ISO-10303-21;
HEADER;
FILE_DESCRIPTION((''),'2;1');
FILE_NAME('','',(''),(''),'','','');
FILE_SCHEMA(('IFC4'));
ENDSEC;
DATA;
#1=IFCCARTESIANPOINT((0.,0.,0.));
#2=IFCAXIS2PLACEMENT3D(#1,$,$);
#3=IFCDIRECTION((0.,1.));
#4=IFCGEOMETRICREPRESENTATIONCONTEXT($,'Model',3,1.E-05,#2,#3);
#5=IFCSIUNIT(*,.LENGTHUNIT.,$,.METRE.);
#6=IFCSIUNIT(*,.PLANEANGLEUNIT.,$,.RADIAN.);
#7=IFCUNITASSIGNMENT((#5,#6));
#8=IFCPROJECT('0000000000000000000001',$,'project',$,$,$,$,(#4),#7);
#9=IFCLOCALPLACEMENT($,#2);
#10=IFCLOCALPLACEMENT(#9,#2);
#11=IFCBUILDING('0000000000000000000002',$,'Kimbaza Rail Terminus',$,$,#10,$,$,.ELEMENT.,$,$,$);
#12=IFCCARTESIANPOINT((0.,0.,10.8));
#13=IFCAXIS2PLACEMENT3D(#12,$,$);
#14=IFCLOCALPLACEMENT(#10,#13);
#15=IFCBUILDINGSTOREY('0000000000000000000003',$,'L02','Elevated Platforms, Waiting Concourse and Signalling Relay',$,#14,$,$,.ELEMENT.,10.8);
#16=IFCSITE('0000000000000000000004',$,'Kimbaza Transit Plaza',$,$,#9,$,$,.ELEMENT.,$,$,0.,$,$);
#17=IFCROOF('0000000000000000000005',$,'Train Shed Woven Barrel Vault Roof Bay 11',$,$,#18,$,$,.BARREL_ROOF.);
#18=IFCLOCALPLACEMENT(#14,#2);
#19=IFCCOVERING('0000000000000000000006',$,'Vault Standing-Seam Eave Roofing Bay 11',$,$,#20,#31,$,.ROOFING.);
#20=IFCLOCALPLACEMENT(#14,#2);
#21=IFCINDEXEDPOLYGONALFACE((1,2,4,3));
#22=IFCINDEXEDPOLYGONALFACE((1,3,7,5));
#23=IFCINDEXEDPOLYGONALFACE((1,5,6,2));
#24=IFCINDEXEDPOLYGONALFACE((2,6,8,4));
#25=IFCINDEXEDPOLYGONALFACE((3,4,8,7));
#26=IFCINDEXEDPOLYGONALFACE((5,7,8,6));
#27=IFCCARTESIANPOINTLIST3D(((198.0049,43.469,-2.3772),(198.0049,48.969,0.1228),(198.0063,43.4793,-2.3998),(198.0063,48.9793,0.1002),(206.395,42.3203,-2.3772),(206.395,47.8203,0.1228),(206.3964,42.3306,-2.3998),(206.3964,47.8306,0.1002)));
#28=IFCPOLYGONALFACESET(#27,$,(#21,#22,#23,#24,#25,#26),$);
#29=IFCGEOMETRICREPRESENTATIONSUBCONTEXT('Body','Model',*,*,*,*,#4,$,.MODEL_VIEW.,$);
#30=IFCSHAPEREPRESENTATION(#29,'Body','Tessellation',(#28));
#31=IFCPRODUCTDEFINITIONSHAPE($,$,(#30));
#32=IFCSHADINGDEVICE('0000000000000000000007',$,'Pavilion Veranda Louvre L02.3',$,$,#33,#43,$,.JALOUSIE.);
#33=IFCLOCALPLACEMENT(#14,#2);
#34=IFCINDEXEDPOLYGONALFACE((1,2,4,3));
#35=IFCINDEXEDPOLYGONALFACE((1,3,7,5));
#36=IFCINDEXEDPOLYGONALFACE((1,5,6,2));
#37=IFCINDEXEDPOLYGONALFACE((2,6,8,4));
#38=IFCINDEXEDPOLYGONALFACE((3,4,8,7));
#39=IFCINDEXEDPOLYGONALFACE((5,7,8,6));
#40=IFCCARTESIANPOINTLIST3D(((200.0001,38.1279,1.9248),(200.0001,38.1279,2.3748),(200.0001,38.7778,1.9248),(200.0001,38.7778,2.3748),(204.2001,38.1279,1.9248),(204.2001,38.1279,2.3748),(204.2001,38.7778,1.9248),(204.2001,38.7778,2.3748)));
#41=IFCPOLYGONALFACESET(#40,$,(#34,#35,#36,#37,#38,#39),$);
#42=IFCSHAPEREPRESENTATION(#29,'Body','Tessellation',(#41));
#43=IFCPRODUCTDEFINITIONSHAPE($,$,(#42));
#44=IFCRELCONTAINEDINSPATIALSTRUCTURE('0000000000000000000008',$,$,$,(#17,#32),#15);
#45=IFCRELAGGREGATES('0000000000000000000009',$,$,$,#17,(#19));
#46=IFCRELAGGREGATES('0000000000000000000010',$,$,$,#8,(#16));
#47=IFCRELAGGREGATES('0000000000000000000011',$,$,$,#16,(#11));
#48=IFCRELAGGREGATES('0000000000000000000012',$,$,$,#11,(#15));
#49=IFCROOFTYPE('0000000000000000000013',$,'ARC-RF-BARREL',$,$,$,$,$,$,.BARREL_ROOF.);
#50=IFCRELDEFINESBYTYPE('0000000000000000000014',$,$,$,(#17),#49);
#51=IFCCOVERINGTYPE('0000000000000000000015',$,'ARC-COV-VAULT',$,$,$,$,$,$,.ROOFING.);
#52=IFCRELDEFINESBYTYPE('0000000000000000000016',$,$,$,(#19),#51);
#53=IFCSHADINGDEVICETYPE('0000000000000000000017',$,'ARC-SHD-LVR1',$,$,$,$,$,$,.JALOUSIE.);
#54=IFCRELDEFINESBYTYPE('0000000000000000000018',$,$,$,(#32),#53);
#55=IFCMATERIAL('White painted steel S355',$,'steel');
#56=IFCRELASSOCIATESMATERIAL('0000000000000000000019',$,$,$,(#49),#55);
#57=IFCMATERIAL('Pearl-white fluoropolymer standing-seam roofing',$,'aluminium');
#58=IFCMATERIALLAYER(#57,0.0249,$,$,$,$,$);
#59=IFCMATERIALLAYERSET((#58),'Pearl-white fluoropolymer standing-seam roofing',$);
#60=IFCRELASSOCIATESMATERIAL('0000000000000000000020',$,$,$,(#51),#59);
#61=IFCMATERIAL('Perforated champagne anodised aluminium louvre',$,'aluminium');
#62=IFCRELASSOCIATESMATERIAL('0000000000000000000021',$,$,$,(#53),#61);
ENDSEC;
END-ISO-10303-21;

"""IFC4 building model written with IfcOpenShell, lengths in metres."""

from ifc_helpers import new_model, si_unit, direction, frame, origin, origin_2d, place, context, subcontext, project, spatial, polyline, rectangle, outline, extrude, material, layer, layer_set, type_object, element, aggregate, save


model = new_model("IFC4")

# Units and contexts
model_context = context("Model", 3, precision=1e-05, world=origin(), true_north=direction((0.0, 1.0)))
body_context = subcontext(model_context, "Body", "Model", "MODEL_VIEW")
ifc_project = project(units=[si_unit("LENGTHUNIT", "METRE"), si_unit("PLANEANGLEUNIT", "RADIAN")], contexts=[model_context])

# Site, building, storey
site_placement = place(None, origin())
site = spatial("IfcSite", under=ifc_project, at=site_placement, Name="Kimbaza Transit Plaza", CompositionType="ELEMENT", RefElevation=0.0)
building_placement = place(site_placement, origin())
building = spatial("IfcBuilding", under=site, at=building_placement, Name="Kimbaza Rail Terminus", CompositionType="ELEMENT")
storey_placement = place(building_placement, frame((0.0, 0.0, 10.8)))
storey = spatial("IfcBuildingStorey", under=building, at=storey_placement, Name="L02", Description="Elevated Platforms, Waiting Concourse and Signalling Relay", CompositionType="ELEMENT", Elevation=10.8)

# Roof, covering
ifc_material_1 = material(Name="White painted steel S355", Category="steel")
roof_type = type_object("IfcRoofType", Name="ARC-RF-BARREL", PredefinedType="BARREL_ROOF", material=ifc_material_1)
roof_placement = place(storey_placement, origin())
roof = element("IfcRoof", 1, at=roof_placement, inside=storey, type_object=roof_type, Name="Train Shed Woven Barrel Vault Roof Bay 11", PredefinedType="BARREL_ROOF")
ifc_material_2 = material(Name="Pearl-white fluoropolymer standing-seam roofing", Category="aluminium")
ifc_layer_1 = layer(ifc_material_2, 0.0249)
ifc_layer_set_1 = layer_set([ifc_layer_1], Name="Pearl-white fluoropolymer standing-seam roofing")
covering_type = type_object("IfcCoveringType", Name="ARC-COV-VAULT", PredefinedType="ROOFING", material=ifc_layer_set_1)
covering_placement = place(storey_placement, frame((198.0049, 43.469, -2.3772), z_axis=(-0.056562, -0.41314, 0.908909), x_axis=(0.990758, -0.135643, 0.0)))
covering = element("IfcCovering", 2, at=covering_placement, type_object=covering_type, Name="Vault Standing-Seam Eave Roofing Bay 11", PredefinedType="ROOFING", context=body_context, shape_type="SweptSolid", body=[
    extrude(outline(polyline([(0.0, 0.0), (8.4684, 0.0), (7.7224, 5.9953), (-0.746, 5.9953), (0.0, 0.0)])), origin(), (0.0, 0.0, -1.0), 0.0249),
])
aggregate(roof, [covering])

# Shading device
ifc_material_3 = material(Name="Perforated champagne anodised aluminium louvre", Category="aluminium")
shading_device_type = type_object("IfcShadingDeviceType", Name="ARC-SHD-LVR1", PredefinedType="JALOUSIE", material=ifc_material_3)
shading_device_placement = place(storey_placement, frame((202.1001, 38.4529, 1.9248), z_axis=(0.0, 0.0, 1.0), x_axis=(1.0, 0.0, 0.0)))
element("IfcShadingDevice", 3, at=shading_device_placement, inside=storey, type_object=shading_device_type, Name="Pavilion Veranda Louvre L02.3", PredefinedType="JALOUSIE", context=body_context, shape_type="SweptSolid", body=[
    extrude(rectangle(XDim=4.2, YDim=0.6499, at=origin_2d()), origin(), (0.0, 0.0, 1.0), 0.45),
])

save(model, "model.ifc")
